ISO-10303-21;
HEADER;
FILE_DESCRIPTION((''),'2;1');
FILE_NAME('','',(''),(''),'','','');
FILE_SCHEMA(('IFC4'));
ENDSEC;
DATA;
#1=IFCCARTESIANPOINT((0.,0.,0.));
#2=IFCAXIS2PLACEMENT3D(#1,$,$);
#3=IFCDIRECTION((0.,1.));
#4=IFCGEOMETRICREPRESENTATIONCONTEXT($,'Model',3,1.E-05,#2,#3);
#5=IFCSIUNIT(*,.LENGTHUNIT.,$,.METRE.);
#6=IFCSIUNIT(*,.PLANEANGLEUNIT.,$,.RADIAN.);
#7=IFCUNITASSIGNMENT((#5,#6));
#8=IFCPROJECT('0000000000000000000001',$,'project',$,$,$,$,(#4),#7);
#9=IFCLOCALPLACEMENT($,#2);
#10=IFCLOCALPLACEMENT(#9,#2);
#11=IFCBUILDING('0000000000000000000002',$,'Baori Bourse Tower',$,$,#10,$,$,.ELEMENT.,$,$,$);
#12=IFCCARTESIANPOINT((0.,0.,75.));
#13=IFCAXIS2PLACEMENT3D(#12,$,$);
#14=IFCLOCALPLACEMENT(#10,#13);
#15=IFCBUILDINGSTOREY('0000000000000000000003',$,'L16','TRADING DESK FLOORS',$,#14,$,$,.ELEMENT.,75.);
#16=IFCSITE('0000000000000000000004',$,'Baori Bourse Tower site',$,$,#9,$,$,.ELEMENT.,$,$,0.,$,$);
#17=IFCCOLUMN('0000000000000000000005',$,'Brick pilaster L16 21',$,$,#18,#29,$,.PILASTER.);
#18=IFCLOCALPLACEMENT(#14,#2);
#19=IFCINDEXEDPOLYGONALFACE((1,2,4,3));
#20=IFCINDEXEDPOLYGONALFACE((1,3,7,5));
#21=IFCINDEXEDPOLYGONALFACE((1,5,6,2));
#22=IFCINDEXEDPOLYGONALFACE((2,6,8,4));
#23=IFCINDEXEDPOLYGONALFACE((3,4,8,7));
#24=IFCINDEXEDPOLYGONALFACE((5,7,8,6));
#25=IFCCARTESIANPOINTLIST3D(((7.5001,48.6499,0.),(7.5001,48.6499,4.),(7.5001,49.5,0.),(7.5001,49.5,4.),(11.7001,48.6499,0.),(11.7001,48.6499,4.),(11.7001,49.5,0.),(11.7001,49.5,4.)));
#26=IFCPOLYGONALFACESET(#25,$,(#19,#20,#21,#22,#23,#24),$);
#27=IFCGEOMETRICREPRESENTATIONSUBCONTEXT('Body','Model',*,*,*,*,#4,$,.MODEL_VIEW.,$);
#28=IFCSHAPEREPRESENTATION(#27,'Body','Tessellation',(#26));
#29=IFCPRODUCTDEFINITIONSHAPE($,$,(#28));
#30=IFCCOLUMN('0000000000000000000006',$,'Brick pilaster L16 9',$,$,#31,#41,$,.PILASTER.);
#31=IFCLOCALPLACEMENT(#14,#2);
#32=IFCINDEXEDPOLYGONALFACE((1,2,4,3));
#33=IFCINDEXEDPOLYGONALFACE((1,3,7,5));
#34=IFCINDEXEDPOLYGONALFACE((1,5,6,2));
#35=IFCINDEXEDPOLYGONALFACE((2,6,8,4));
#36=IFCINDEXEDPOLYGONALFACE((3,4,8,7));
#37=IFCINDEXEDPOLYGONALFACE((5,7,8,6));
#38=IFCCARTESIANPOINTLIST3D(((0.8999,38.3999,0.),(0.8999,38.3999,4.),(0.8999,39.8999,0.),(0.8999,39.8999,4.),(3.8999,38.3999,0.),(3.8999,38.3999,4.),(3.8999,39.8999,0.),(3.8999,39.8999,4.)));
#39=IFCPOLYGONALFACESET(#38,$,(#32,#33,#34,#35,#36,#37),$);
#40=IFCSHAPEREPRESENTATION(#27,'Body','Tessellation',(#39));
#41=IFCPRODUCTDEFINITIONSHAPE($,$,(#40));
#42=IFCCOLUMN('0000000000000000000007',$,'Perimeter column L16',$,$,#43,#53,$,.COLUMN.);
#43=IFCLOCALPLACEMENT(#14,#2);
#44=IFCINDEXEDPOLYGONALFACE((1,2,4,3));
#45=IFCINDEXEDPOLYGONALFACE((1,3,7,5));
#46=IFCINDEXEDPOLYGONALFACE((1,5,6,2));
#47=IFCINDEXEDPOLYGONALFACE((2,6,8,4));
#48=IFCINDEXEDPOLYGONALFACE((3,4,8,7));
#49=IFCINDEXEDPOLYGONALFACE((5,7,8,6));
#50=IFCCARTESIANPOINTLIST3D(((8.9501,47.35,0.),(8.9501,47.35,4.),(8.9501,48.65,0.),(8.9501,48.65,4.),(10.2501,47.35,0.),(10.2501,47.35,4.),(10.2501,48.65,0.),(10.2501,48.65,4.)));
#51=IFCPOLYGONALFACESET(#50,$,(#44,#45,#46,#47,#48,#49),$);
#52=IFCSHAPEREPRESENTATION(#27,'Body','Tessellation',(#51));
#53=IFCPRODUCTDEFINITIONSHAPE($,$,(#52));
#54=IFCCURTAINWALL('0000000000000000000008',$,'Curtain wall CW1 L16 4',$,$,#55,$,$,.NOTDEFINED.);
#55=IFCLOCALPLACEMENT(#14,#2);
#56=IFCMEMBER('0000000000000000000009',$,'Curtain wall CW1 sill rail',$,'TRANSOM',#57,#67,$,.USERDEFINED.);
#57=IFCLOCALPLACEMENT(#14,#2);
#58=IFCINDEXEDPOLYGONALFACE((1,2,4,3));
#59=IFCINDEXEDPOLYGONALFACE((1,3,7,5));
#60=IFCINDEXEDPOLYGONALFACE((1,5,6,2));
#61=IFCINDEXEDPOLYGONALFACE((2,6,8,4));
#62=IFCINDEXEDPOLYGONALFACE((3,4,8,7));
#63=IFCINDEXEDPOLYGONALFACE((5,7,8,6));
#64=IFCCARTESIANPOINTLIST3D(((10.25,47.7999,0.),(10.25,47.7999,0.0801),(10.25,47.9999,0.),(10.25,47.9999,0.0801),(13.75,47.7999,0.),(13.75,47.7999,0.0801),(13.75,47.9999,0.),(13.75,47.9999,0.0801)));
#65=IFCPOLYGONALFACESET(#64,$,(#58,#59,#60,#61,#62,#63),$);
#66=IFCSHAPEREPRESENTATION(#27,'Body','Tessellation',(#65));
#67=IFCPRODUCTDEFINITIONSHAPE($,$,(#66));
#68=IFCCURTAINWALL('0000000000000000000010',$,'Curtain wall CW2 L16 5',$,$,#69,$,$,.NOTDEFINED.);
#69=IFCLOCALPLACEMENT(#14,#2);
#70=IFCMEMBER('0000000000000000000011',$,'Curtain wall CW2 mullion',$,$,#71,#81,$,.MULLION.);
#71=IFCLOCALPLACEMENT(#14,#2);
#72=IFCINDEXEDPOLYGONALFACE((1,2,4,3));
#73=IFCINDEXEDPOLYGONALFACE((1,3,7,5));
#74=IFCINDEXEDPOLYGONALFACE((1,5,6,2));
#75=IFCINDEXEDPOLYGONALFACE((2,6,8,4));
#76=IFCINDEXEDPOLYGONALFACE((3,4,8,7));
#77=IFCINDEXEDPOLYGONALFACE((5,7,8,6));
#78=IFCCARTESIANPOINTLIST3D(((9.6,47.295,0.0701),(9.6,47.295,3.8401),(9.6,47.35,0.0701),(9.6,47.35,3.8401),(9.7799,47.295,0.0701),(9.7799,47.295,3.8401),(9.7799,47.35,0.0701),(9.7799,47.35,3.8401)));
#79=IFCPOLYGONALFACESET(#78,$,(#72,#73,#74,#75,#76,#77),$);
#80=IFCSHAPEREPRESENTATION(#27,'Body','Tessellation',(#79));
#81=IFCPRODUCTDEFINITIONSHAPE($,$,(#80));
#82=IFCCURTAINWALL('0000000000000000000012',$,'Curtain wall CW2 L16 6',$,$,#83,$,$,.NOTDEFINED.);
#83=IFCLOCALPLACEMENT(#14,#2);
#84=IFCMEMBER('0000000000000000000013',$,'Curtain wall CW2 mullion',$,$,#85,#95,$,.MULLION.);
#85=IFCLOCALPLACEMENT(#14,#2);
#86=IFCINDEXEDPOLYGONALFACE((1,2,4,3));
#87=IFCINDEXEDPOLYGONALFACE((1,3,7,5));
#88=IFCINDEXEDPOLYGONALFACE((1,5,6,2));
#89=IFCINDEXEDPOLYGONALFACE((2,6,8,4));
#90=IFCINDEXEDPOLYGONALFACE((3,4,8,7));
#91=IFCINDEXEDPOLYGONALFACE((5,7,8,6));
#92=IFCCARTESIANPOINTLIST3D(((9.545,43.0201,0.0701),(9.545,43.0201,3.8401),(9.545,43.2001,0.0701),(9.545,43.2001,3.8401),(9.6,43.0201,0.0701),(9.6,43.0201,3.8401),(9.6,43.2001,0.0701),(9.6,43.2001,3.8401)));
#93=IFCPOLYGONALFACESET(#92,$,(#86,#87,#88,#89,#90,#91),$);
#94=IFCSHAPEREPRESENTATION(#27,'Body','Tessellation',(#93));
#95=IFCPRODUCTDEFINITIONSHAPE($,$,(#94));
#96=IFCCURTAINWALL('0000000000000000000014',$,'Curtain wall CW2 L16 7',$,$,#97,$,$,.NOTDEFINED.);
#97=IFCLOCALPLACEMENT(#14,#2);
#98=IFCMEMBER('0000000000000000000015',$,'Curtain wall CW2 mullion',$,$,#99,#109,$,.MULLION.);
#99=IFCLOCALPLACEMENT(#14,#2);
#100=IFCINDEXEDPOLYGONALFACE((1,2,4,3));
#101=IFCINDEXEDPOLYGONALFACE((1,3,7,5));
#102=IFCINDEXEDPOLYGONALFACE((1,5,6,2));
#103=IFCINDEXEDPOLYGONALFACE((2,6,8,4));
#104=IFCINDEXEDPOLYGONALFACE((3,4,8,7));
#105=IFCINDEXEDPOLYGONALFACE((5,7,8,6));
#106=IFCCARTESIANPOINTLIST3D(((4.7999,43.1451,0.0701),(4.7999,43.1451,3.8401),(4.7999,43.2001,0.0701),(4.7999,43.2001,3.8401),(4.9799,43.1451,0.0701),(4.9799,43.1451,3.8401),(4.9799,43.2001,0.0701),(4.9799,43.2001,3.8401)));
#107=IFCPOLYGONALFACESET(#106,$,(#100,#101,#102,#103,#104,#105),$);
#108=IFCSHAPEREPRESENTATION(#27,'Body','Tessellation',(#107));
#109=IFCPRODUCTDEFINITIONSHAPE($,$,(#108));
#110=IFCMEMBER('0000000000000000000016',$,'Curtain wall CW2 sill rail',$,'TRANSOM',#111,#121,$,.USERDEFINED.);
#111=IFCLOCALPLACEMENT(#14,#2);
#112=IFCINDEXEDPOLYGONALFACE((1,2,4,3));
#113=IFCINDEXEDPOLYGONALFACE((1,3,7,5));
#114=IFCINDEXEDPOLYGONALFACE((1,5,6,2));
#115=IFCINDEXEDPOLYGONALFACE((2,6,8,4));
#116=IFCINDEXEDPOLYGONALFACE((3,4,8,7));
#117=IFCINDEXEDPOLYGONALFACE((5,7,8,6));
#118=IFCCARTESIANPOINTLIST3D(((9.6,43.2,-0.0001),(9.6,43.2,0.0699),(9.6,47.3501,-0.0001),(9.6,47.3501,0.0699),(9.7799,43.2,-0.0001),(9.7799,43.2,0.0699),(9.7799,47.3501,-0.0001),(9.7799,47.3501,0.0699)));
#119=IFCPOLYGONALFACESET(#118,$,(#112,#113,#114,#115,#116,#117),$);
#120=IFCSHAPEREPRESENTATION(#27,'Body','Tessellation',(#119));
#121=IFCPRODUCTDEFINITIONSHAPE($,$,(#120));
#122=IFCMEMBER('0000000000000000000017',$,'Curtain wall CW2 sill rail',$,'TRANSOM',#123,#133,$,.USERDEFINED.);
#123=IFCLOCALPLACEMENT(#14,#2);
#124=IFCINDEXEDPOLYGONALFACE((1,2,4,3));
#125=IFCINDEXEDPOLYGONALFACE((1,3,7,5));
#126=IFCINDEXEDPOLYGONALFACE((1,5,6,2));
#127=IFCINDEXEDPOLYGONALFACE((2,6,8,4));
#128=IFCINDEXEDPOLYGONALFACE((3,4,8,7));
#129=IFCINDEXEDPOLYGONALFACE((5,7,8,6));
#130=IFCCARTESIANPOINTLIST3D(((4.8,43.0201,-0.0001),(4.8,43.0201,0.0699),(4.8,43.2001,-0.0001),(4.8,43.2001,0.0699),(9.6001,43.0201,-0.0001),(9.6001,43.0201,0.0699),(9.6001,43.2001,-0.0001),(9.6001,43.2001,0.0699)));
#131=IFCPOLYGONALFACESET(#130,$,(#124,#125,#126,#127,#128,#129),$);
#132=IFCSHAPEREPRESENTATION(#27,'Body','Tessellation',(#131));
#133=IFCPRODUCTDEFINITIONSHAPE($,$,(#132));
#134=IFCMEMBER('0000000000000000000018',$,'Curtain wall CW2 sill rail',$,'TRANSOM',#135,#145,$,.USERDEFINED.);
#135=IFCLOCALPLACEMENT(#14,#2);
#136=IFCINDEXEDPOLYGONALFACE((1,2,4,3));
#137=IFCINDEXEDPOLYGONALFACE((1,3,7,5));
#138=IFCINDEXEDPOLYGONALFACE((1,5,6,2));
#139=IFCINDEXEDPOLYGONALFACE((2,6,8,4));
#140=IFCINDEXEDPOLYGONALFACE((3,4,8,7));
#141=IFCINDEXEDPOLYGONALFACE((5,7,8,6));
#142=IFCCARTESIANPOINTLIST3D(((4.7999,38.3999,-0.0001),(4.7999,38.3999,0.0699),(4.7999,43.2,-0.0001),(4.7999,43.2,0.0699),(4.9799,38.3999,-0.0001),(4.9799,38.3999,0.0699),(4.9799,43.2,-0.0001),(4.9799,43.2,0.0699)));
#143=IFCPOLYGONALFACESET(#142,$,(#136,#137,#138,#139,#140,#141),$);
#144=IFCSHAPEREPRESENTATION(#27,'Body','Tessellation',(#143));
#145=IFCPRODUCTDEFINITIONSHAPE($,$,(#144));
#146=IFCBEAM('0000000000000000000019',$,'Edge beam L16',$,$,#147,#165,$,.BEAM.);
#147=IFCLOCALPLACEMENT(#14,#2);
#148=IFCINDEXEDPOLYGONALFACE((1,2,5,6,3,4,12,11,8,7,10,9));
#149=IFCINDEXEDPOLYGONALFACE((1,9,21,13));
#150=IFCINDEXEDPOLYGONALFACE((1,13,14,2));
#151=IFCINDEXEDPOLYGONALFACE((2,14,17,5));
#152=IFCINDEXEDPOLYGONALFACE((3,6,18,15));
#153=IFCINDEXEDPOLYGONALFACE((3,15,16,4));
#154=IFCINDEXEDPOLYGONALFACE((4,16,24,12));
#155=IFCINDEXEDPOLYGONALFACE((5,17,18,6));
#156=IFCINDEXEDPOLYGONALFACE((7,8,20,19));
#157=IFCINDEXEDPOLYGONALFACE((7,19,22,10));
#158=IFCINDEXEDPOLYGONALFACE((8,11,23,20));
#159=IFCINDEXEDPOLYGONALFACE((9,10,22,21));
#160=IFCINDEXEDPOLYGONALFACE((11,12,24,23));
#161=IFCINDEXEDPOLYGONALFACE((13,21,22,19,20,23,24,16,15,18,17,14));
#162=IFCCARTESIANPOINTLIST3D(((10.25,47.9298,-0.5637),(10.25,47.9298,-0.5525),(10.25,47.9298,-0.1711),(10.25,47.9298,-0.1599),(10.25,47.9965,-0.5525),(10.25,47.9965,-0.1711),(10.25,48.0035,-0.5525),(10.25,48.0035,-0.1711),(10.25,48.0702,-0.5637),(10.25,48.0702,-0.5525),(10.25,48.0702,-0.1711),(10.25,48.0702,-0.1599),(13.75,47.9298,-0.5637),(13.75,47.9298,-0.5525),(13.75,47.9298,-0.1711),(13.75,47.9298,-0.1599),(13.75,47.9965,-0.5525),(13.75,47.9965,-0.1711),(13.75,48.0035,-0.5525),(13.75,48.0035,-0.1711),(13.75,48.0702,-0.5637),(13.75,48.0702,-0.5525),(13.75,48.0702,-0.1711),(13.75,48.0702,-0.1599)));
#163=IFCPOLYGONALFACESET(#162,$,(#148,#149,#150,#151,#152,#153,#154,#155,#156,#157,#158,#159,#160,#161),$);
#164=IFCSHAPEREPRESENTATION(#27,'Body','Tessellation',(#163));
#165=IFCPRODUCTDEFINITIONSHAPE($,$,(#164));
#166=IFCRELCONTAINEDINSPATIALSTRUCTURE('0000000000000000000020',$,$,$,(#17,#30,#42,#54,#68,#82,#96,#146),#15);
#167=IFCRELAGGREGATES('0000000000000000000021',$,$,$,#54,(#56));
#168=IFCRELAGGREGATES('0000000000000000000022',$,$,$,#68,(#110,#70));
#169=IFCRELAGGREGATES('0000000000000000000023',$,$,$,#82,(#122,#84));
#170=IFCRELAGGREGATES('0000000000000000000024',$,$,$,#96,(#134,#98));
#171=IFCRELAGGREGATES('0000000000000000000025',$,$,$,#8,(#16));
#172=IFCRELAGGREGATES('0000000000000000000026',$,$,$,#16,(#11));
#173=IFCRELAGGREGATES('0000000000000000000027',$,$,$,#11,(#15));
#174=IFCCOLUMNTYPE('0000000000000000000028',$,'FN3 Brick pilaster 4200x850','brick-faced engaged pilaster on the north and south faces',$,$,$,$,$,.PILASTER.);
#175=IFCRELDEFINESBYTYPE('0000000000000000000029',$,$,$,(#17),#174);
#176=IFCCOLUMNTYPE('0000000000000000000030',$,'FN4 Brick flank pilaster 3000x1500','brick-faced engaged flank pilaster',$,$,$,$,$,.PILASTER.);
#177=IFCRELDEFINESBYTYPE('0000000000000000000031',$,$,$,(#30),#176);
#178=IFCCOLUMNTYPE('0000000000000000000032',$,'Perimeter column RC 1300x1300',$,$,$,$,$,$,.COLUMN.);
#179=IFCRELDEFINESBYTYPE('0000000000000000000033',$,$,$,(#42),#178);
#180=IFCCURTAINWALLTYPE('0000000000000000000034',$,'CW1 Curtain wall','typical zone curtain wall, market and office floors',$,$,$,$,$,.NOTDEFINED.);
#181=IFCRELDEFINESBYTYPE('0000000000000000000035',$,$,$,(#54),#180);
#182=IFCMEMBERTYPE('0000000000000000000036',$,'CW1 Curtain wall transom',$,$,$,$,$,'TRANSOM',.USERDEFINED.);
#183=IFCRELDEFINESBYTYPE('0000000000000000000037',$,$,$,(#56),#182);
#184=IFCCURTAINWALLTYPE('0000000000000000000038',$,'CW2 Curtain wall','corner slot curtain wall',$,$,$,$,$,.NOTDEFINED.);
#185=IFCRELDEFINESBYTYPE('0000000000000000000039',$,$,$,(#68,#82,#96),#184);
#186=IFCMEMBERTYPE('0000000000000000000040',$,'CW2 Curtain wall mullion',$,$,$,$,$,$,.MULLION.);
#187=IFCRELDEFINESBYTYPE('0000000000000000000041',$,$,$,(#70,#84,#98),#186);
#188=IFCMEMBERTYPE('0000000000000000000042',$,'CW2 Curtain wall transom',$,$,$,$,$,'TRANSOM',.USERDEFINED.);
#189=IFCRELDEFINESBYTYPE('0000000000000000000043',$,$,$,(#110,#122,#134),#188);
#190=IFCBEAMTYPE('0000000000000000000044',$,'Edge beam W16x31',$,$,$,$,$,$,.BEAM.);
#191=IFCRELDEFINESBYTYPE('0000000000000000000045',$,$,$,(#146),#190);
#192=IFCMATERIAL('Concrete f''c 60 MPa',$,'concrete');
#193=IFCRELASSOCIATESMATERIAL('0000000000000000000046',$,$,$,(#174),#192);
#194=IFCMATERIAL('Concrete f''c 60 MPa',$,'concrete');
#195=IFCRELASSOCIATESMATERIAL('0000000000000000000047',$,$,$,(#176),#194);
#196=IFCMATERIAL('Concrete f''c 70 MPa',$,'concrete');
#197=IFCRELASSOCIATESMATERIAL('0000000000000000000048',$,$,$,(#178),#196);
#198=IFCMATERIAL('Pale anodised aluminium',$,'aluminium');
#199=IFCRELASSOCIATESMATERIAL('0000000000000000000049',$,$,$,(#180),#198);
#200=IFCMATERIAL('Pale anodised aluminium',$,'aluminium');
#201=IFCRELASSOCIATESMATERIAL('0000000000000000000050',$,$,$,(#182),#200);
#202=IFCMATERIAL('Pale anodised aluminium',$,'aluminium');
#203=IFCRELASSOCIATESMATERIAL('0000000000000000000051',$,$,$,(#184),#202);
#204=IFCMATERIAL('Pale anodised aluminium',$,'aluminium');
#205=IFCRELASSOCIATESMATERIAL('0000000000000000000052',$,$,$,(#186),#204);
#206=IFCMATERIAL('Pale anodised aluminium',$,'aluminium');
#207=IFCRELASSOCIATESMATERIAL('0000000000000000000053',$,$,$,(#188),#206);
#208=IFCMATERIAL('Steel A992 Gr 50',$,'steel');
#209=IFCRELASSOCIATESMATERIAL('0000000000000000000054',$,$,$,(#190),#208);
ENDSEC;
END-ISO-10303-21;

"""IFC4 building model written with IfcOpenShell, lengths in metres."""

from ifc_helpers import new_model, si_unit, direction, frame, origin, origin_2d, place, context, subcontext, project, spatial, rectangle, i_section, extrude, material, material_profile, profile_set, type_object, element, aggregate, save


model = new_model("IFC4")

# Units and contexts
model_context = context("Model", 3, precision=1e-05, world=origin(), true_north=direction((0.0, 1.0)))
body_context = subcontext(model_context, "Body", "Model", "MODEL_VIEW")
ifc_project = project(units=[si_unit("LENGTHUNIT", "METRE"), si_unit("PLANEANGLEUNIT", "RADIAN")], contexts=[model_context])

# Site, building, storey
site_placement = place(None, origin())
site = spatial("IfcSite", under=ifc_project, at=site_placement, Name="Baori Bourse Tower site", CompositionType="ELEMENT", RefElevation=0.0)
building_placement = place(site_placement, origin())
building = spatial("IfcBuilding", under=site, at=building_placement, Name="Baori Bourse Tower", CompositionType="ELEMENT")
storey_placement = place(building_placement, frame((0.0, 0.0, 75.0)))
storey = spatial("IfcBuildingStorey", under=building, at=storey_placement, Name="L16", Description="TRADING DESK FLOORS", CompositionType="ELEMENT", Elevation=75.0)

# Columns
ifc_material_1 = material(Name="Concrete f'c 60 MPa", Category="concrete")
ifc_material_profile_1 = material_profile(ifc_material_1, rectangle(XDim=4.2, YDim=0.8501, at=origin_2d()), Name="RC 4200x850")
ifc_profile_set_1 = profile_set([ifc_material_profile_1], Name="Concrete f'c 60 MPa")
column_type_1 = type_object("IfcColumnType", Name="FN3 Brick pilaster 4200x850", Description="brick-faced engaged pilaster on the north and south faces", PredefinedType="PILASTER", material=ifc_profile_set_1)
column_1_placement = place(storey_placement, frame((9.6001, 49.075, 0.0), z_axis=(0.0, 0.0, 1.0), x_axis=(1.0, 0.0, 0.0)))
element("IfcColumn", 1, at=column_1_placement, inside=storey, type_object=column_type_1, Name="Brick pilaster L16 21", PredefinedType="PILASTER", context=body_context, shape_type="SweptSolid", body=[
    extrude(rectangle(XDim=4.2, YDim=0.8501, at=origin_2d()), origin(), (0.0, 0.0, 1.0), 4.0),
])
ifc_material_2 = material(Name="Concrete f'c 60 MPa", Category="concrete")
ifc_material_profile_2 = material_profile(ifc_material_2, rectangle(XDim=3.0, YDim=1.5, at=origin_2d()), Name="RC 3000x1500")
ifc_profile_set_2 = profile_set([ifc_material_profile_2], Name="Concrete f'c 60 MPa")
column_type_2 = type_object("IfcColumnType", Name="FN4 Brick flank pilaster 3000x1500", Description="brick-faced engaged flank pilaster", PredefinedType="PILASTER", material=ifc_profile_set_2)
column_2_placement = place(storey_placement, frame((2.3999, 39.1499, 0.0), z_axis=(0.0, 0.0, 1.0), x_axis=(1.0, 0.0, 0.0)))
element("IfcColumn", 2, at=column_2_placement, inside=storey, type_object=column_type_2, Name="Brick pilaster L16 9", PredefinedType="PILASTER", context=body_context, shape_type="SweptSolid", body=[
    extrude(rectangle(XDim=3.0, YDim=1.5, at=origin_2d()), origin(), (0.0, 0.0, 1.0), 4.0),
])
ifc_material_3 = material(Name="Concrete f'c 70 MPa", Category="concrete")
ifc_material_profile_3 = material_profile(ifc_material_3, rectangle(XDim=1.3, YDim=1.3, at=origin_2d()), Name="RC 1300x1300")
ifc_profile_set_3 = profile_set([ifc_material_profile_3], Name="Concrete f'c 70 MPa")
column_type_3 = type_object("IfcColumnType", Name="Perimeter column RC 1300x1300", PredefinedType="COLUMN", material=ifc_profile_set_3)
column_3_placement = place(storey_placement, frame((9.6001, 48.0, 0.0), z_axis=(0.0, 0.0, 1.0), x_axis=(1.0, 0.0, 0.0)))
element("IfcColumn", 3, at=column_3_placement, inside=storey, type_object=column_type_3, Name="Perimeter column L16", PredefinedType="COLUMN", context=body_context, shape_type="SweptSolid", body=[
    extrude(rectangle(XDim=1.3, YDim=1.3, at=origin_2d()), origin(), (0.0, 0.0, 1.0), 4.0),
])

# Curtain walls, members
ifc_material_4 = material(Name="Pale anodised aluminium", Category="aluminium")
curtain_wall_type_1 = type_object("IfcCurtainWallType", Name="CW1 Curtain wall", Description="typical zone curtain wall, market and office floors", PredefinedType="NOTDEFINED", material=ifc_material_4)
curtain_wall_1_placement = place(storey_placement, origin())
curtain_wall_1 = element("IfcCurtainWall", 4, at=curtain_wall_1_placement, inside=storey, type_object=curtain_wall_type_1, Name="Curtain wall CW1 L16 4", PredefinedType="NOTDEFINED")
ifc_material_5 = material(Name="Pale anodised aluminium", Category="aluminium")
ifc_material_profile_4 = material_profile(ifc_material_5, rectangle(XDim=0.2, YDim=0.0801, at=origin_2d()), Name="Transom 80x200")
ifc_profile_set_4 = profile_set([ifc_material_profile_4], Name="Pale anodised aluminium")
member_type_1 = type_object("IfcMemberType", Name="CW1 Curtain wall transom", ElementType="TRANSOM", PredefinedType="USERDEFINED", material=ifc_profile_set_4)
member_1_placement = place(storey_placement, frame((13.75, 47.8999, 0.04), z_axis=(-1.0, 0.0, 0.0), x_axis=(0.0, -1.0, 0.0)))
member_1 = element("IfcMember", 5, at=member_1_placement, type_object=member_type_1, Name="Curtain wall CW1 sill rail", ObjectType="TRANSOM", PredefinedType="USERDEFINED", context=body_context, shape_type="SweptSolid", body=[
    extrude(rectangle(XDim=0.2, YDim=0.0801, at=origin_2d()), origin(), (0.0, 0.0, 1.0), 3.5),
])
ifc_material_6 = material(Name="Pale anodised aluminium", Category="aluminium")
curtain_wall_type_2 = type_object("IfcCurtainWallType", Name="CW2 Curtain wall", Description="corner slot curtain wall", PredefinedType="NOTDEFINED", material=ifc_material_6)
curtain_wall_2_placement = place(storey_placement, origin())
curtain_wall_2 = element("IfcCurtainWall", 6, at=curtain_wall_2_placement, inside=storey, type_object=curtain_wall_type_2, Name="Curtain wall CW2 L16 5", PredefinedType="NOTDEFINED")
ifc_material_7 = material(Name="Pale anodised aluminium", Category="aluminium")
ifc_material_profile_5 = material_profile(ifc_material_7, rectangle(XDim=0.1799, YDim=0.0549, at=origin_2d()), Name="Mullion 55x180")
ifc_profile_set_5 = profile_set([ifc_material_profile_5], Name="Pale anodised aluminium")
member_type_2 = type_object("IfcMemberType", Name="CW2 Curtain wall mullion", PredefinedType="MULLION", material=ifc_profile_set_5)
member_2_placement = place(storey_placement, frame((9.6899, 47.3225, 0.0701), z_axis=(0.0, 0.0, 1.0), x_axis=(1.0, 0.0, 0.0)))
member_2 = element("IfcMember", 7, at=member_2_placement, type_object=member_type_2, Name="Curtain wall CW2 mullion", PredefinedType="MULLION", context=body_context, shape_type="SweptSolid", body=[
    extrude(rectangle(XDim=0.1799, YDim=0.0549, at=origin_2d()), origin(), (0.0, 0.0, 1.0), 3.77),
])
curtain_wall_3_placement = place(storey_placement, origin())
curtain_wall_3 = element("IfcCurtainWall", 8, at=curtain_wall_3_placement, inside=storey, type_object=curtain_wall_type_2, Name="Curtain wall CW2 L16 6", PredefinedType="NOTDEFINED")
member_3_placement = place(storey_placement, frame((9.5725, 43.1101, 0.0701), z_axis=(0.0, 0.0, 1.0), x_axis=(0.0, -1.0, 0.0)))
member_3 = element("IfcMember", 9, at=member_3_placement, type_object=member_type_2, Name="Curtain wall CW2 mullion", PredefinedType="MULLION", context=body_context, shape_type="SweptSolid", body=[
    extrude(rectangle(XDim=0.1799, YDim=0.0549, at=origin_2d()), origin(), (0.0, 0.0, 1.0), 3.77),
])
curtain_wall_4_placement = place(storey_placement, origin())
curtain_wall_4 = element("IfcCurtainWall", 10, at=curtain_wall_4_placement, inside=storey, type_object=curtain_wall_type_2, Name="Curtain wall CW2 L16 7", PredefinedType="NOTDEFINED")
member_4_placement = place(storey_placement, frame((4.8899, 43.1726, 0.0701), z_axis=(0.0, 0.0, 1.0), x_axis=(1.0, 0.0, 0.0)))
member_4 = element("IfcMember", 11, at=member_4_placement, type_object=member_type_2, Name="Curtain wall CW2 mullion", PredefinedType="MULLION", context=body_context, shape_type="SweptSolid", body=[
    extrude(rectangle(XDim=0.1799, YDim=0.0549, at=origin_2d()), origin(), (0.0, 0.0, 1.0), 3.77),
])

# Members
ifc_material_8 = material(Name="Pale anodised aluminium", Category="aluminium")
ifc_material_profile_6 = material_profile(ifc_material_8, rectangle(XDim=0.1799, YDim=0.0701, at=origin_2d()), Name="Transom 70x180")
ifc_profile_set_6 = profile_set([ifc_material_profile_6], Name="Pale anodised aluminium")
member_type_3 = type_object("IfcMemberType", Name="CW2 Curtain wall transom", ElementType="TRANSOM", PredefinedType="USERDEFINED", material=ifc_profile_set_6)
member_5_placement = place(storey_placement, frame((9.6899, 47.3501, 0.0349), z_axis=(0.0, -1.0, 0.0), x_axis=(1.0, 0.0, 0.0)))
member_5 = element("IfcMember", 12, at=member_5_placement, type_object=member_type_3, Name="Curtain wall CW2 sill rail", ObjectType="TRANSOM", PredefinedType="USERDEFINED", context=body_context, shape_type="SweptSolid", body=[
    extrude(rectangle(XDim=0.1799, YDim=0.0701, at=origin_2d()), origin(), (0.0, 0.0, 1.0), 4.1501),
])
member_6_placement = place(storey_placement, frame((9.6001, 43.1101, 0.0349), z_axis=(-1.0, 0.0, 0.0), x_axis=(0.0, -1.0, 0.0)))
member_6 = element("IfcMember", 13, at=member_6_placement, type_object=member_type_3, Name="Curtain wall CW2 sill rail", ObjectType="TRANSOM", PredefinedType="USERDEFINED", context=body_context, shape_type="SweptSolid", body=[
    extrude(rectangle(XDim=0.1799, YDim=0.0701, at=origin_2d()), origin(), (0.0, 0.0, 1.0), 4.8),
])
member_7_placement = place(storey_placement, frame((4.8899, 43.2, 0.0349), z_axis=(0.0, -1.0, 0.0), x_axis=(1.0, 0.0, 0.0)))
member_7 = element("IfcMember", 14, at=member_7_placement, type_object=member_type_3, Name="Curtain wall CW2 sill rail", ObjectType="TRANSOM", PredefinedType="USERDEFINED", context=body_context, shape_type="SweptSolid", body=[
    extrude(rectangle(XDim=0.1799, YDim=0.0701, at=origin_2d()), origin(), (0.0, 0.0, 1.0), 4.8),
])

# Beam
ifc_material_9 = material(Name="Steel A992 Gr 50", Category="steel")
ifc_material_profile_7 = material_profile(ifc_material_9, i_section(OverallWidth=0.1404, OverallDepth=0.4038, WebThickness=0.0071, FlangeThickness=0.0112, at=origin_2d()), Name="W16x31")
ifc_profile_set_7 = profile_set([ifc_material_profile_7], Name="Steel A992 Gr 50")
beam_type_1 = type_object("IfcBeamType", Name="Edge beam W16x31", PredefinedType="BEAM", material=ifc_profile_set_7)
beam_1_placement = place(storey_placement, frame((10.25, 48.0, -0.3618), z_axis=(1.0, 0.0, 0.0), x_axis=(0.0, 1.0, 0.0)))
element("IfcBeam", 15, at=beam_1_placement, inside=storey, type_object=beam_type_1, Name="Edge beam L16", PredefinedType="BEAM", context=body_context, shape_type="SweptSolid", body=[
    extrude(i_section(OverallWidth=0.1404, OverallDepth=0.4038, WebThickness=0.0071, FlangeThickness=0.0112, at=origin_2d()), origin(), (0.0, 0.0, 1.0), 3.5),
])

aggregate(curtain_wall_1, [member_1])
aggregate(curtain_wall_2, [member_5, member_2])
aggregate(curtain_wall_3, [member_6, member_3])
aggregate(curtain_wall_4, [member_7, member_4])

save(model, "model.ifc")
